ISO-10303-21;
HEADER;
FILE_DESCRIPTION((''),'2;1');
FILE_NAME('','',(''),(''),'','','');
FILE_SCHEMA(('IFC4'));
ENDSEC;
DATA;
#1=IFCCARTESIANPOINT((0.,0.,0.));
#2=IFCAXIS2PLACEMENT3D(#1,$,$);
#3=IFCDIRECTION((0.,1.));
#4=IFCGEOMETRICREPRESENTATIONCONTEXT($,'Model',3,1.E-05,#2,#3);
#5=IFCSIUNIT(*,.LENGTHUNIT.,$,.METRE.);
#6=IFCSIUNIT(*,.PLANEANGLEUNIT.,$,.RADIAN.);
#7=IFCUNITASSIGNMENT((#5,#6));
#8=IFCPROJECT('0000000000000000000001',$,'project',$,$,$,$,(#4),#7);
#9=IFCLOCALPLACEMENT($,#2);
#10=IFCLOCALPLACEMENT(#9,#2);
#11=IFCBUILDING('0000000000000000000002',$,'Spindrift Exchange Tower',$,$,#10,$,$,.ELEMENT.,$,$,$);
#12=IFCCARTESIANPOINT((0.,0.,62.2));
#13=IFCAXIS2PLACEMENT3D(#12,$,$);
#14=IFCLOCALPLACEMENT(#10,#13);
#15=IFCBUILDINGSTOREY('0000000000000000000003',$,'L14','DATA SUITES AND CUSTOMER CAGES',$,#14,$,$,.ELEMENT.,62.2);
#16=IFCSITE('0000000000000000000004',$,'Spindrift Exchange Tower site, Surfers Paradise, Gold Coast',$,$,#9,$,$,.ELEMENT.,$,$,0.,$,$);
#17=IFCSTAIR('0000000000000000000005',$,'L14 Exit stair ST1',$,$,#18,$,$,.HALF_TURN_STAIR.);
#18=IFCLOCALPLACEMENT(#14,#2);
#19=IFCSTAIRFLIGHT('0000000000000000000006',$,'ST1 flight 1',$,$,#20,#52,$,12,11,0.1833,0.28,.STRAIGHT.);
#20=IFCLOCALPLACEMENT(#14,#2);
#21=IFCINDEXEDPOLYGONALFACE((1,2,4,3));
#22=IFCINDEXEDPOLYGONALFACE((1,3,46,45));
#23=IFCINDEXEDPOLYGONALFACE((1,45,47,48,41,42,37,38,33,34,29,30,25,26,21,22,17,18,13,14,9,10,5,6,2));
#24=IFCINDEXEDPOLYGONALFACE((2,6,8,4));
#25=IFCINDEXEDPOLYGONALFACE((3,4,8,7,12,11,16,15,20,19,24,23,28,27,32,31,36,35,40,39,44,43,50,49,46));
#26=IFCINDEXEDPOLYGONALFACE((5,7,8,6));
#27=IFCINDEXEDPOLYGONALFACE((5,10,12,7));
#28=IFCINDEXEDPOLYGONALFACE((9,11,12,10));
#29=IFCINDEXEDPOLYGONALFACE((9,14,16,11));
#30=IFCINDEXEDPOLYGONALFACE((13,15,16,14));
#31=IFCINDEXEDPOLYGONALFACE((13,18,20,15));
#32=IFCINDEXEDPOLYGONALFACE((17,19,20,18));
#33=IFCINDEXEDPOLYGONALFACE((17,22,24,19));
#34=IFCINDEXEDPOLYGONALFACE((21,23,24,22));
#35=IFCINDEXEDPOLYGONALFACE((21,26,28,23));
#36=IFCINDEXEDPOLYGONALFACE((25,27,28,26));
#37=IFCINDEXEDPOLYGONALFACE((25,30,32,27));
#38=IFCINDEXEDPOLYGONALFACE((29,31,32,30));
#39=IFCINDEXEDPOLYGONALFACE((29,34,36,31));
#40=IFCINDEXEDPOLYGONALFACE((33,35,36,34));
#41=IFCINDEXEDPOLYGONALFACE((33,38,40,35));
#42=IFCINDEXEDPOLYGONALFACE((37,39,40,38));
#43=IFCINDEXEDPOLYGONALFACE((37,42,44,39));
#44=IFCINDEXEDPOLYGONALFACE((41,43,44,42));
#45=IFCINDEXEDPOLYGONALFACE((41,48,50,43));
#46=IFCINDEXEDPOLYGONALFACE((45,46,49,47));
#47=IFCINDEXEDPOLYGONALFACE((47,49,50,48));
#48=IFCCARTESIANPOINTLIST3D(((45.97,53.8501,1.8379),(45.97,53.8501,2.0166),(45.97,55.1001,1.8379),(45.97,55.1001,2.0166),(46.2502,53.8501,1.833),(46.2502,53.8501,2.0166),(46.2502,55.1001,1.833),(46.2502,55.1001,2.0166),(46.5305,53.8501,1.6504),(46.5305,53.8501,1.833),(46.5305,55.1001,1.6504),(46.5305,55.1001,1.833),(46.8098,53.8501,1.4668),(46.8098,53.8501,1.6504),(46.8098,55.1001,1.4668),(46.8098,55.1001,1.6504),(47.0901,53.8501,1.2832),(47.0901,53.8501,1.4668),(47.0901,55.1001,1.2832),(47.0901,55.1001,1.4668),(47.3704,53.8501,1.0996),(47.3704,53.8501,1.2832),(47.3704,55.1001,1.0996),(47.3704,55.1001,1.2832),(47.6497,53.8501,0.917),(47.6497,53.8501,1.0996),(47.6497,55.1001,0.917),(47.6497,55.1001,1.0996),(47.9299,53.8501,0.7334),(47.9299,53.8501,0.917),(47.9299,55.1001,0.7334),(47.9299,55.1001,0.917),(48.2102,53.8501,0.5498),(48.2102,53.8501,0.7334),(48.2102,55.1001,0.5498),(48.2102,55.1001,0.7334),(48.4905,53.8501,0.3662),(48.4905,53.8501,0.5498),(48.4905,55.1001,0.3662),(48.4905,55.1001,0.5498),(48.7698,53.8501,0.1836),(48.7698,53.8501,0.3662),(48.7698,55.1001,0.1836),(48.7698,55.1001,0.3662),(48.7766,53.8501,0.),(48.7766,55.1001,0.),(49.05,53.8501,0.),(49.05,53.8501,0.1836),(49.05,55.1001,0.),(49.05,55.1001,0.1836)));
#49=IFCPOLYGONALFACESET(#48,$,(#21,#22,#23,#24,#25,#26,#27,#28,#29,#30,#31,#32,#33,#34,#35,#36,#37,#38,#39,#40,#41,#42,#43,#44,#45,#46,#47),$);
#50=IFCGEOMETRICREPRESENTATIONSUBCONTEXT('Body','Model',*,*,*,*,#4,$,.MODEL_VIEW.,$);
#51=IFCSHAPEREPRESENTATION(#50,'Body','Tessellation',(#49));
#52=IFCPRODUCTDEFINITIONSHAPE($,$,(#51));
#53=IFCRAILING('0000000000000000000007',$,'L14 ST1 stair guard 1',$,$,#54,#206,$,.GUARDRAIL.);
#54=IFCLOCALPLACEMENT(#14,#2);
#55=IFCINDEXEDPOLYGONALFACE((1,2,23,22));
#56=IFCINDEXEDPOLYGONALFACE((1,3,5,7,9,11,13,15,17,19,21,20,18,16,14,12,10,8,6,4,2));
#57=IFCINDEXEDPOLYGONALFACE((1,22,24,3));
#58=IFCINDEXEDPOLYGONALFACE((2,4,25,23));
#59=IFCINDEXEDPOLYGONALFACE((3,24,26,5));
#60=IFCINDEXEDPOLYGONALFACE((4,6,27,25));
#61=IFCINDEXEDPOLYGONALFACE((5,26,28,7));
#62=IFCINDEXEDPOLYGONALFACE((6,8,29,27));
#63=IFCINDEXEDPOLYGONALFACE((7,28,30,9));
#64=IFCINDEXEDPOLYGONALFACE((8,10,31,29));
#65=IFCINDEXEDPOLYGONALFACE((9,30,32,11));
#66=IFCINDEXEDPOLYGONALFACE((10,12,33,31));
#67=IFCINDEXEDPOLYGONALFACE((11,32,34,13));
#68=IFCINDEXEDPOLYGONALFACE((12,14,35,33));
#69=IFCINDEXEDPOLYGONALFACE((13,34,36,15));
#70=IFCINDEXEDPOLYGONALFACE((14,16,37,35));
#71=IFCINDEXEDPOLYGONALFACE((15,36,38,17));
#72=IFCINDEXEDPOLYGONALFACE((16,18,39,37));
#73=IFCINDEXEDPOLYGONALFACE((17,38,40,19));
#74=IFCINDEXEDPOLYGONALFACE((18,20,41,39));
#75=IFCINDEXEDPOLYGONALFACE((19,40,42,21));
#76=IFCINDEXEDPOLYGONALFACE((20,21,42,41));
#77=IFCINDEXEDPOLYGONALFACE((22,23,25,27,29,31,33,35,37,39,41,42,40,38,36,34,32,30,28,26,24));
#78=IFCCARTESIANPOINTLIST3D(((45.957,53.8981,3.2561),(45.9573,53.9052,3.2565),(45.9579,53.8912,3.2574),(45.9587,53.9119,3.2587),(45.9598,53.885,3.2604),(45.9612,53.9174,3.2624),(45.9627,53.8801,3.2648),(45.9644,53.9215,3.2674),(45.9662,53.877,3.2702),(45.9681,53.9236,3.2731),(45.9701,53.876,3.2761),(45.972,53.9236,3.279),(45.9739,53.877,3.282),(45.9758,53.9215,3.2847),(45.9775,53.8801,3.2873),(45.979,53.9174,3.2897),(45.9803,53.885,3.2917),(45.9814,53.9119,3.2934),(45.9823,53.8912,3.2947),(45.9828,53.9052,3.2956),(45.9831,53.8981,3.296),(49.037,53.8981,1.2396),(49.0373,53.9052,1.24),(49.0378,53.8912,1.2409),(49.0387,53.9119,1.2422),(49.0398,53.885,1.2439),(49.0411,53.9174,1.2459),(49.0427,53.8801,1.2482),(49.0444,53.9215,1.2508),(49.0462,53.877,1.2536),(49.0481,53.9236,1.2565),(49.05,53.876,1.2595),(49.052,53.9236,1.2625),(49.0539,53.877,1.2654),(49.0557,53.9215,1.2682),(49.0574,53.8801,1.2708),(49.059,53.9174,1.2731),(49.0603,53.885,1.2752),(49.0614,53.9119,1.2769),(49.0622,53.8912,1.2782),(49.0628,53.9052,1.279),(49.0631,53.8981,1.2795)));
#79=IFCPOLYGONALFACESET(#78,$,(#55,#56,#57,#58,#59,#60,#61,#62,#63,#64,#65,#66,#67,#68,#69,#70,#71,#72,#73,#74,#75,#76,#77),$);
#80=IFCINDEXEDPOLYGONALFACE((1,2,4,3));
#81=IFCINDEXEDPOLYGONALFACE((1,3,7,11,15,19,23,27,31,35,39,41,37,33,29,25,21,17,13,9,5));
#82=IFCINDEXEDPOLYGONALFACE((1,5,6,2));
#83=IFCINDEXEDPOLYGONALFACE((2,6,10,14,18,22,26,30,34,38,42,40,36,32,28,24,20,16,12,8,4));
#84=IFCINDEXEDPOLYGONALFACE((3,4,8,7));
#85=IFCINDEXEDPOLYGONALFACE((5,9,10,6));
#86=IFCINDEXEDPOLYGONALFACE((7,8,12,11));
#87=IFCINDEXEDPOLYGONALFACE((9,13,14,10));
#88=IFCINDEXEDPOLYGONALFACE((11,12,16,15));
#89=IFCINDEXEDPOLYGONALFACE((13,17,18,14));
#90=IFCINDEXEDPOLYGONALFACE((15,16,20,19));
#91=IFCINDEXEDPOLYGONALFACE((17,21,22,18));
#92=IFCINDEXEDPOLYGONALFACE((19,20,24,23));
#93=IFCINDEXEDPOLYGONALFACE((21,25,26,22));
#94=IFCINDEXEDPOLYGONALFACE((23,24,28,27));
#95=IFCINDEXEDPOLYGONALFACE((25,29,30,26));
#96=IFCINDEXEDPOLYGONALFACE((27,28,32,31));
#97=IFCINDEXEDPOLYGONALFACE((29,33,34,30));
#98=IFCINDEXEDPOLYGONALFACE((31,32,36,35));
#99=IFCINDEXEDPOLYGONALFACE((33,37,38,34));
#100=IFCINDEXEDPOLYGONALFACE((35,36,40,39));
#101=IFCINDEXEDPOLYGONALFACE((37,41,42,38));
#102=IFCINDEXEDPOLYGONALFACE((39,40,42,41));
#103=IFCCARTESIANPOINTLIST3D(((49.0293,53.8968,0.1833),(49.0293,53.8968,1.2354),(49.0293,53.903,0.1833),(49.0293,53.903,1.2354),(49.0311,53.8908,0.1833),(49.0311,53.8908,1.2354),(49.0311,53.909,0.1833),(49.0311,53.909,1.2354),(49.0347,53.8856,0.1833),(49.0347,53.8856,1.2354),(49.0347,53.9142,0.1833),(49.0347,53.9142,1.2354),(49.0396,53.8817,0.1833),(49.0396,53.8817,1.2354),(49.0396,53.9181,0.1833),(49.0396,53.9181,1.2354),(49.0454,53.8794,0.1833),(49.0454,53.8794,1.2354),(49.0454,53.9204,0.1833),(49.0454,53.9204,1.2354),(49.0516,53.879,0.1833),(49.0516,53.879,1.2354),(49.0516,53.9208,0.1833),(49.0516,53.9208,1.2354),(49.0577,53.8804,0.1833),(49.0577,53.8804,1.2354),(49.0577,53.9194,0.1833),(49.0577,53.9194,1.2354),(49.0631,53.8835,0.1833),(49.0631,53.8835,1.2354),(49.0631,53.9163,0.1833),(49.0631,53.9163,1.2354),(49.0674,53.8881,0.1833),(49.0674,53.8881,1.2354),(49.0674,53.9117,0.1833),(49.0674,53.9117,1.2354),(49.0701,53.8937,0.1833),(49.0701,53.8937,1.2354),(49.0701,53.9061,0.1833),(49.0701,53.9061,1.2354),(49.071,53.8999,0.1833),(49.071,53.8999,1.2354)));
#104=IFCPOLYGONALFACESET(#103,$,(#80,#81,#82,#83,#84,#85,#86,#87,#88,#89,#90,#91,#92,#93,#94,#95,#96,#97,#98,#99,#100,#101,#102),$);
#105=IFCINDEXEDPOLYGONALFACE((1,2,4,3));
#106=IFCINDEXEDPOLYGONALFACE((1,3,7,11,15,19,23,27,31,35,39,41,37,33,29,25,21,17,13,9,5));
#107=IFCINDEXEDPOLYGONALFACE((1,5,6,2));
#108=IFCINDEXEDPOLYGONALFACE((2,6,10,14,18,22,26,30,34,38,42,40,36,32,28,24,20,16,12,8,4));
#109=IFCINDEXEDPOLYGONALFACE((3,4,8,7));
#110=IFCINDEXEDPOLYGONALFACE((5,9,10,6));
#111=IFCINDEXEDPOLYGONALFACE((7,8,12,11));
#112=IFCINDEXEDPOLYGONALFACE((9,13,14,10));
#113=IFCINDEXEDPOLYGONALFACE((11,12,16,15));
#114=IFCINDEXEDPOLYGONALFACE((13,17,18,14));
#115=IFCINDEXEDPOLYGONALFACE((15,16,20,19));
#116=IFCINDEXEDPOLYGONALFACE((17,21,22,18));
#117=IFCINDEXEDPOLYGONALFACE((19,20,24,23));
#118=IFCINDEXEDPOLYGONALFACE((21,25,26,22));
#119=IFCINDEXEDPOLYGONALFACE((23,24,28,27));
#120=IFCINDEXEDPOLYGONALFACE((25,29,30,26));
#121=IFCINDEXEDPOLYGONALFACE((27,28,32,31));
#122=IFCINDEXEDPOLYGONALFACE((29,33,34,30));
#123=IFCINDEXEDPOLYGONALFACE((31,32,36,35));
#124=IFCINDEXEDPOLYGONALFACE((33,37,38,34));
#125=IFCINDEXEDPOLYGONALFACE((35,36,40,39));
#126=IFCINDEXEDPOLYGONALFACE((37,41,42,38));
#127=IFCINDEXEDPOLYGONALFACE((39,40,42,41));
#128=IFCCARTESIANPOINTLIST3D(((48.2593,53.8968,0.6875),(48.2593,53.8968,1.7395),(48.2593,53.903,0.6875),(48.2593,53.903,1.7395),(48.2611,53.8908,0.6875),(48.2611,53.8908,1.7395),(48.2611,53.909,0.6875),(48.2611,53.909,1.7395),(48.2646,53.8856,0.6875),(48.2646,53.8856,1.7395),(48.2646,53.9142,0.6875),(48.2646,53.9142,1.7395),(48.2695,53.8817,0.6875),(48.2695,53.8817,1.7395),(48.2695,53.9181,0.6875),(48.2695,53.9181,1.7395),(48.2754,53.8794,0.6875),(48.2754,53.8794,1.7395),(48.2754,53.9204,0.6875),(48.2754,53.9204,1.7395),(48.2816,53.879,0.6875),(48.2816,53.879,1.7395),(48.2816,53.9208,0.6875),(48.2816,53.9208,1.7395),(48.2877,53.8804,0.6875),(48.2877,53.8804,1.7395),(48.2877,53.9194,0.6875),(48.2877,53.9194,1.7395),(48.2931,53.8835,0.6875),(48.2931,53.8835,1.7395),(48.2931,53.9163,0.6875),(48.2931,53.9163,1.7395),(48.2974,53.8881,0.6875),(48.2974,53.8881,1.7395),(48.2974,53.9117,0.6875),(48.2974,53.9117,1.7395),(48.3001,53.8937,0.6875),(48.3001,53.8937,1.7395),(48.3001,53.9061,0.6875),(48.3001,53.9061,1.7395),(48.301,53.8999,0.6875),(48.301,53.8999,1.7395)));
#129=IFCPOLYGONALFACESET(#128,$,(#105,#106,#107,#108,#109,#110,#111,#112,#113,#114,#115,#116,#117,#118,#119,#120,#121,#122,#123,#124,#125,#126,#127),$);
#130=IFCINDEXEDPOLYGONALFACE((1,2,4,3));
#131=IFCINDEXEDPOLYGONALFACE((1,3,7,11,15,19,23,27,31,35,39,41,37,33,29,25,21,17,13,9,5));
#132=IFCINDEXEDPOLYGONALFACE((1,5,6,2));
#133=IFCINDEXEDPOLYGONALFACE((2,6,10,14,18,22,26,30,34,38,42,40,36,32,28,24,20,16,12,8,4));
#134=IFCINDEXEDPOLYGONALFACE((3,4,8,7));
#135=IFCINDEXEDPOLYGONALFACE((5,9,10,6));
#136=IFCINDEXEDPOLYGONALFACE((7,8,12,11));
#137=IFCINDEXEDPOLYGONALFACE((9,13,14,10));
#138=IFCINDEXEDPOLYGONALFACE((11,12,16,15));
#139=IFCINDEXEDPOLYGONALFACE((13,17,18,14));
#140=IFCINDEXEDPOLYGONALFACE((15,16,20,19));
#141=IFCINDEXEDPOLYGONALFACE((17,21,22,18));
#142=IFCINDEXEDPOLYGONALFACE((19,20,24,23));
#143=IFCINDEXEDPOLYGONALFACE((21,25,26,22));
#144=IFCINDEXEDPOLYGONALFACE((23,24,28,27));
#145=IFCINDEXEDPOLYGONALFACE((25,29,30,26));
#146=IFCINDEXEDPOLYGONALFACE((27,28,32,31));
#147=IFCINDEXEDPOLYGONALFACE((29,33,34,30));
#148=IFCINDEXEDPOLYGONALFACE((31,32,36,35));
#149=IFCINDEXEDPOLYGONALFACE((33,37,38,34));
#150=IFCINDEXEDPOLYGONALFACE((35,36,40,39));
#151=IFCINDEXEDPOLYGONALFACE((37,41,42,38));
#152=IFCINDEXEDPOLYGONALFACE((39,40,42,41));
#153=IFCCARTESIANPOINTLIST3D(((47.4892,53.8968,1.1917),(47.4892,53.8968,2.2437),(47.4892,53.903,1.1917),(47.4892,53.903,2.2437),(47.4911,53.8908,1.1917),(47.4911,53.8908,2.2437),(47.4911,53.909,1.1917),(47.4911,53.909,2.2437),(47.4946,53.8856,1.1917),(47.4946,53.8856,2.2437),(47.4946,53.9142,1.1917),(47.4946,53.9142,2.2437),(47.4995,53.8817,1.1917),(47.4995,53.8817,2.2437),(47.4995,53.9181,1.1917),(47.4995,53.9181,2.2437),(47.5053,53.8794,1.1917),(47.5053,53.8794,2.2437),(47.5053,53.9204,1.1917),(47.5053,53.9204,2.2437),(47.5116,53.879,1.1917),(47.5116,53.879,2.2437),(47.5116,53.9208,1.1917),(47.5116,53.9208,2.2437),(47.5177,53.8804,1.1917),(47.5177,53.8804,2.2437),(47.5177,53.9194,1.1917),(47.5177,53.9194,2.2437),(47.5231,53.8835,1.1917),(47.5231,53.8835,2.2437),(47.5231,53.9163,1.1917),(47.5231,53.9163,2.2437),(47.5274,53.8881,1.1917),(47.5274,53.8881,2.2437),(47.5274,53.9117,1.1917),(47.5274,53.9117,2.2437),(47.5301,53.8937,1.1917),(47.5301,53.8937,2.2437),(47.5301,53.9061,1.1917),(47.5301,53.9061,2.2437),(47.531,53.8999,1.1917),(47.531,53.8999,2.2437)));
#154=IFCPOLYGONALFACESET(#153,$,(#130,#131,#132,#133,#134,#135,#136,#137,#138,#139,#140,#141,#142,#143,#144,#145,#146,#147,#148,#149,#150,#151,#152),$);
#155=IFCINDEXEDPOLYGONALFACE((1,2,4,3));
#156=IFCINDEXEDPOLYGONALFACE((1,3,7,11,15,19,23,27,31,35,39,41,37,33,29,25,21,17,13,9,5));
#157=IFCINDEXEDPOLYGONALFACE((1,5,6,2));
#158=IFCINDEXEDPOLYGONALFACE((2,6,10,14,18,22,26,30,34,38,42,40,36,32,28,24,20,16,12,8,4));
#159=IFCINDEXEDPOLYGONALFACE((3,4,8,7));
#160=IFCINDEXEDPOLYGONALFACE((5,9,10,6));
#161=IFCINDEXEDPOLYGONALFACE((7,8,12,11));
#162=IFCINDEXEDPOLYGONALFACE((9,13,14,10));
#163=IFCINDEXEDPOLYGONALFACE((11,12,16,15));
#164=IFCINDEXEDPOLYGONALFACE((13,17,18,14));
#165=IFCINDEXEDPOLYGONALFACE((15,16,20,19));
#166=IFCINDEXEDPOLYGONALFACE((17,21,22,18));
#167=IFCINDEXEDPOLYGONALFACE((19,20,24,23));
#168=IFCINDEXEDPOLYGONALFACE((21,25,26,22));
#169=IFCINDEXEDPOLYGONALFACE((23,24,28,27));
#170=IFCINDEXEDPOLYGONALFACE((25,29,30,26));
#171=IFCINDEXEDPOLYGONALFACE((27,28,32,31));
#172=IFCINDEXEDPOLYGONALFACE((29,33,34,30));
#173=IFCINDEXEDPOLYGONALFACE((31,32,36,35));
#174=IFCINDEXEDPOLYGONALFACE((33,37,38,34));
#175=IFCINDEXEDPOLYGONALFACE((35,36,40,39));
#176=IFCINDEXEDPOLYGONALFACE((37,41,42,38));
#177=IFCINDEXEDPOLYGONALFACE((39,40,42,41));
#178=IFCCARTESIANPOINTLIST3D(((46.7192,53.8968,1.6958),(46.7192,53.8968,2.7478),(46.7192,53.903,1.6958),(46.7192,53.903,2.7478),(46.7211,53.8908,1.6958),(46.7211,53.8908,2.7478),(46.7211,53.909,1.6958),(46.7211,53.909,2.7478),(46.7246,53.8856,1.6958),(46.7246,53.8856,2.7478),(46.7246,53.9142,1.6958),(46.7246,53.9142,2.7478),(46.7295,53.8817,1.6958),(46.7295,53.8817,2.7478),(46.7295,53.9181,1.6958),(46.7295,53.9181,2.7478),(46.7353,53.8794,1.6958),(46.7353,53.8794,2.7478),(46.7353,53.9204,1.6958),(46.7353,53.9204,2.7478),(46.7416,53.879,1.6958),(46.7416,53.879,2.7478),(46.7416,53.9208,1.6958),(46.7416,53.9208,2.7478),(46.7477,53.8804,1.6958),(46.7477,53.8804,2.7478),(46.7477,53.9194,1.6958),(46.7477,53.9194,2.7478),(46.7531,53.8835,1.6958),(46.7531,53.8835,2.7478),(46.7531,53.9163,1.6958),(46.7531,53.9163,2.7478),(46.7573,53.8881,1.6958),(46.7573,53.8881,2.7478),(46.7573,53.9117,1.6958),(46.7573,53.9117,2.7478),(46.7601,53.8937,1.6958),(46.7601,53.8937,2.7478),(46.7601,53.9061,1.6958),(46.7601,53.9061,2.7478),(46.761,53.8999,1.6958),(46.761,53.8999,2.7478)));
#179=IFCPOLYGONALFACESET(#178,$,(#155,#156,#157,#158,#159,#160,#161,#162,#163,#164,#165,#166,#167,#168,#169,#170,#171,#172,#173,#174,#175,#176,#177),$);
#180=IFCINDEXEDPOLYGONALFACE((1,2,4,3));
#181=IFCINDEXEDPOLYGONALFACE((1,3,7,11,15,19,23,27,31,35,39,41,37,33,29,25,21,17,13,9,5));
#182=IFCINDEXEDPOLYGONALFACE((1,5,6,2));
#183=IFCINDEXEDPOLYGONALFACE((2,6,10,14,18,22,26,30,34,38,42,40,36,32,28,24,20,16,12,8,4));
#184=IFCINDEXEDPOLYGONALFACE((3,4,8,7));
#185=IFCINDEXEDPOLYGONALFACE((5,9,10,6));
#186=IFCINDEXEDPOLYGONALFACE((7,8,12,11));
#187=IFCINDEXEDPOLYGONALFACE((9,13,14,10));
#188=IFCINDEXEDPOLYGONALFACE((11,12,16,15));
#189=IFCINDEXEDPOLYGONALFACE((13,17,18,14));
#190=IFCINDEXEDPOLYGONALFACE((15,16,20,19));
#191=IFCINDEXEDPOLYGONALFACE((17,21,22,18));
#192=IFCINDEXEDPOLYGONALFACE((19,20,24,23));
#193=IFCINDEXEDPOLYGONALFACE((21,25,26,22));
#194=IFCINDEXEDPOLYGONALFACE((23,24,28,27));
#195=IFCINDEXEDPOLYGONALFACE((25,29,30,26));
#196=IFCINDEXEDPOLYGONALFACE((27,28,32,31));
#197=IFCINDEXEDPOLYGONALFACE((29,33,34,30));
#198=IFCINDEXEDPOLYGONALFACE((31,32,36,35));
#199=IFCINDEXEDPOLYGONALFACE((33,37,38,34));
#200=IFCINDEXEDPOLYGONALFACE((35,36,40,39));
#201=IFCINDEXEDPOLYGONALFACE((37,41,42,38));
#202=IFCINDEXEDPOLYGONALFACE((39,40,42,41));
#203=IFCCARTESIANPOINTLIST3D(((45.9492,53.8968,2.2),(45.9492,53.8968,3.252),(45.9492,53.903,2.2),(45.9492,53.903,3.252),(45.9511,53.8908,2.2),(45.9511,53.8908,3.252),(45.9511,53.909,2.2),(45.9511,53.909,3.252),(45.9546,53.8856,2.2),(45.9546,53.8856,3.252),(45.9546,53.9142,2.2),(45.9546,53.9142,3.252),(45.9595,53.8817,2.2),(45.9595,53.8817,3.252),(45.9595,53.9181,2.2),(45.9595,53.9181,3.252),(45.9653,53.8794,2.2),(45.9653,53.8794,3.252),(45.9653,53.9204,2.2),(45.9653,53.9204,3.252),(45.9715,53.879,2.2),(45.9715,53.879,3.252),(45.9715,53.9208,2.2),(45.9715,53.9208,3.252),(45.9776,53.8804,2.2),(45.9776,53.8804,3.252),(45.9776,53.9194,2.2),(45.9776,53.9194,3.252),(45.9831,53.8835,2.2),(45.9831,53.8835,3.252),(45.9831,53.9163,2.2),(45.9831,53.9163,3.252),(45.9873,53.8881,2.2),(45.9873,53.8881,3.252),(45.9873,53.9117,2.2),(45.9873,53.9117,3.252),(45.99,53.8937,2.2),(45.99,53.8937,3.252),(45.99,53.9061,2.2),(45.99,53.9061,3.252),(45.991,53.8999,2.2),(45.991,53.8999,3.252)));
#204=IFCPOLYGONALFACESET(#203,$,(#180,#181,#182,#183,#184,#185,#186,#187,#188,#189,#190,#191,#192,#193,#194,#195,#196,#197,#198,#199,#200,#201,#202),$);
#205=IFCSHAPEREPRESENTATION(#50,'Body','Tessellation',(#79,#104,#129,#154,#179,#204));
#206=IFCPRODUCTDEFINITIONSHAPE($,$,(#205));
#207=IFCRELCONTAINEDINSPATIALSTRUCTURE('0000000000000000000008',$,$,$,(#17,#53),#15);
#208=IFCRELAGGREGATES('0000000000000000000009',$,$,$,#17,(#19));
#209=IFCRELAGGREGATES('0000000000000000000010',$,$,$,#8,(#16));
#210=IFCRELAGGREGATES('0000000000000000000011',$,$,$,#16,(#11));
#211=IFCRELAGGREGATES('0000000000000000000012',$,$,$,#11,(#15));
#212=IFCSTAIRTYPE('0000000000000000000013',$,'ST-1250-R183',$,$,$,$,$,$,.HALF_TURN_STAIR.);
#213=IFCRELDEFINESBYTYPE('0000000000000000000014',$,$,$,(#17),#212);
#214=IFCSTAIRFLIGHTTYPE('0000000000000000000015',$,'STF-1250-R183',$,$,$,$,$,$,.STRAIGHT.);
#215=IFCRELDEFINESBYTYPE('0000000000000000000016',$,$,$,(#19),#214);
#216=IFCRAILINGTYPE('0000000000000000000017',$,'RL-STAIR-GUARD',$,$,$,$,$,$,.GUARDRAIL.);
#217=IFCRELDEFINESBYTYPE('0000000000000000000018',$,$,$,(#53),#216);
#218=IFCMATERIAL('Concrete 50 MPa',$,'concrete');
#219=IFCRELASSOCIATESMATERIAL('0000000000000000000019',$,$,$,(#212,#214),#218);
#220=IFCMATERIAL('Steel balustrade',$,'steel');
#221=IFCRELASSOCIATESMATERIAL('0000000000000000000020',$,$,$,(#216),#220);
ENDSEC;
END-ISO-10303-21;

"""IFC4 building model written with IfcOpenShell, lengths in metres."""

from ifc_helpers import new_model, si_unit, direction, frame, origin, origin_2d, place, context, subcontext, project, spatial, line, indexed_curve, circle, outline, extrude, material, type_object, element, aggregate, save


model = new_model("IFC4")

# Units and contexts
model_context = context("Model", 3, precision=1e-05, world=origin(), true_north=direction((0.0, 1.0)))
body_context = subcontext(model_context, "Body", "Model", "MODEL_VIEW")
ifc_project = project(units=[si_unit("LENGTHUNIT", "METRE"), si_unit("PLANEANGLEUNIT", "RADIAN")], contexts=[model_context])

# Site, building, storey
site_placement = place(None, origin())
site = spatial("IfcSite", under=ifc_project, at=site_placement, Name="Spindrift Exchange Tower site, Surfers Paradise, Gold Coast", CompositionType="ELEMENT", RefElevation=0.0)
building_placement = place(site_placement, origin())
building = spatial("IfcBuilding", under=site, at=building_placement, Name="Spindrift Exchange Tower", CompositionType="ELEMENT")
storey_placement = place(building_placement, frame((0.0, 0.0, 62.2)))
storey = spatial("IfcBuildingStorey", under=building, at=storey_placement, Name="L14", Description="DATA SUITES AND CUSTOMER CAGES", CompositionType="ELEMENT", Elevation=62.2)

# Stair, stair flight
ifc_material_1 = material(Name="Concrete 50 MPa", Category="concrete")
stair_type = type_object("IfcStairType", Name="ST-1250-R183", PredefinedType="HALF_TURN_STAIR", material=ifc_material_1)
stair_placement = place(storey_placement, origin())
stair = element("IfcStair", 1, at=stair_placement, inside=storey, type_object=stair_type, Name="L14 Exit stair ST1", PredefinedType="HALF_TURN_STAIR")
stair_flight_type = type_object("IfcStairFlightType", Name="STF-1250-R183", PredefinedType="STRAIGHT", material=ifc_material_1)
stair_flight_placement = place(storey_placement, frame((49.05, 54.4751, 0.0), z_axis=(0.0, 0.0, 1.0), x_axis=(-1.0, 0.0, 0.0)))
stair_flight = element("IfcStairFlight", 2, at=stair_flight_placement, type_object=stair_flight_type, Name="ST1 flight 1", NumberOfRisers=12, NumberOfTreads=11, PredefinedType="STRAIGHT", RiserHeight=0.1833, TreadLength=0.28, context=body_context, shape_type="SweptSolid", body=[
    extrude(outline(indexed_curve([(0.0, 0.0), (0.0, 0.1836), (0.2803, 0.1836), (0.2803, 0.3662), (0.5596, 0.3662), (0.5596, 0.5498), (0.8398, 0.5498), (0.8398, 0.7334), (1.1201, 0.7334), (1.1201, 0.917), (1.4004, 0.917), (1.4004, 1.0996), (1.6797, 1.0996), (1.6797, 1.2832), (1.96, 1.2832), (1.96, 1.4668), (2.2402, 1.4668), (2.2402, 1.6504), (2.5195, 1.6504), (2.5195, 1.833), (2.7998, 1.833), (2.7998, 2.0166), (3.0801, 2.0166), (3.0801, 2.2002), (3.0801, 1.8379), (0.2734, 0.0)], segments=[line(1, 2, 3, 4, 5, 6, 7, 8, 9, 10, 11, 12, 13, 14, 15, 16, 17, 18, 19, 20, 21, 22, 23, 24, 25, 26, 1)], self_intersect=False)), frame((0.0, 0.625, 0.0), z_axis=(0.0, -1.0, 0.0), x_axis=(1.0, 0.0, 0.0)), (0.0, 0.0, 1.0), 1.25),
])
aggregate(stair, [stair_flight])

# Railing
ifc_material_2 = material(Name="Steel balustrade", Category="steel")
railing_type_1 = type_object("IfcRailingType", Name="RL-STAIR-GUARD", PredefinedType="GUARDRAIL", material=ifc_material_2)
railing_1_placement = place(storey_placement, frame((49.05, 53.8999, 0.1833)))
element("IfcRailing", 3, at=railing_1_placement, inside=storey, type_object=railing_type_1, Name="L14 ST1 stair guard 1", PredefinedType="GUARDRAIL", context=body_context, shape_type="SweptSolid", body=[
    extrude(circle(Radius=0.0239, at=origin_2d()), frame((0.0, 0.0, 1.0762), z_axis=(-0.836633, 0.0, 0.547764), x_axis=(0.0, -1.0, 0.0)), (0.0, 0.0, 1.0), 3.6814),
    extrude(circle(Radius=0.021, at=origin_2d()), origin(), (0.0, 0.0, 1.0), 1.052),
    extrude(circle(Radius=0.021, at=origin_2d()), frame((-0.77, 0.0, 0.5042)), (0.0, 0.0, 1.0), 1.052),
    extrude(circle(Radius=0.021, at=origin_2d()), frame((-1.54, 0.0, 1.0083)), (0.0, 0.0, 1.0), 1.052),
    extrude(circle(Radius=0.021, at=origin_2d()), frame((-2.3101, 0.0, 1.5125)), (0.0, 0.0, 1.0), 1.052),
    extrude(circle(Radius=0.021, at=origin_2d()), frame((-3.0801, 0.0, 2.0166)), (0.0, 0.0, 1.0), 1.052),
])

save(model, "model.ifc")
